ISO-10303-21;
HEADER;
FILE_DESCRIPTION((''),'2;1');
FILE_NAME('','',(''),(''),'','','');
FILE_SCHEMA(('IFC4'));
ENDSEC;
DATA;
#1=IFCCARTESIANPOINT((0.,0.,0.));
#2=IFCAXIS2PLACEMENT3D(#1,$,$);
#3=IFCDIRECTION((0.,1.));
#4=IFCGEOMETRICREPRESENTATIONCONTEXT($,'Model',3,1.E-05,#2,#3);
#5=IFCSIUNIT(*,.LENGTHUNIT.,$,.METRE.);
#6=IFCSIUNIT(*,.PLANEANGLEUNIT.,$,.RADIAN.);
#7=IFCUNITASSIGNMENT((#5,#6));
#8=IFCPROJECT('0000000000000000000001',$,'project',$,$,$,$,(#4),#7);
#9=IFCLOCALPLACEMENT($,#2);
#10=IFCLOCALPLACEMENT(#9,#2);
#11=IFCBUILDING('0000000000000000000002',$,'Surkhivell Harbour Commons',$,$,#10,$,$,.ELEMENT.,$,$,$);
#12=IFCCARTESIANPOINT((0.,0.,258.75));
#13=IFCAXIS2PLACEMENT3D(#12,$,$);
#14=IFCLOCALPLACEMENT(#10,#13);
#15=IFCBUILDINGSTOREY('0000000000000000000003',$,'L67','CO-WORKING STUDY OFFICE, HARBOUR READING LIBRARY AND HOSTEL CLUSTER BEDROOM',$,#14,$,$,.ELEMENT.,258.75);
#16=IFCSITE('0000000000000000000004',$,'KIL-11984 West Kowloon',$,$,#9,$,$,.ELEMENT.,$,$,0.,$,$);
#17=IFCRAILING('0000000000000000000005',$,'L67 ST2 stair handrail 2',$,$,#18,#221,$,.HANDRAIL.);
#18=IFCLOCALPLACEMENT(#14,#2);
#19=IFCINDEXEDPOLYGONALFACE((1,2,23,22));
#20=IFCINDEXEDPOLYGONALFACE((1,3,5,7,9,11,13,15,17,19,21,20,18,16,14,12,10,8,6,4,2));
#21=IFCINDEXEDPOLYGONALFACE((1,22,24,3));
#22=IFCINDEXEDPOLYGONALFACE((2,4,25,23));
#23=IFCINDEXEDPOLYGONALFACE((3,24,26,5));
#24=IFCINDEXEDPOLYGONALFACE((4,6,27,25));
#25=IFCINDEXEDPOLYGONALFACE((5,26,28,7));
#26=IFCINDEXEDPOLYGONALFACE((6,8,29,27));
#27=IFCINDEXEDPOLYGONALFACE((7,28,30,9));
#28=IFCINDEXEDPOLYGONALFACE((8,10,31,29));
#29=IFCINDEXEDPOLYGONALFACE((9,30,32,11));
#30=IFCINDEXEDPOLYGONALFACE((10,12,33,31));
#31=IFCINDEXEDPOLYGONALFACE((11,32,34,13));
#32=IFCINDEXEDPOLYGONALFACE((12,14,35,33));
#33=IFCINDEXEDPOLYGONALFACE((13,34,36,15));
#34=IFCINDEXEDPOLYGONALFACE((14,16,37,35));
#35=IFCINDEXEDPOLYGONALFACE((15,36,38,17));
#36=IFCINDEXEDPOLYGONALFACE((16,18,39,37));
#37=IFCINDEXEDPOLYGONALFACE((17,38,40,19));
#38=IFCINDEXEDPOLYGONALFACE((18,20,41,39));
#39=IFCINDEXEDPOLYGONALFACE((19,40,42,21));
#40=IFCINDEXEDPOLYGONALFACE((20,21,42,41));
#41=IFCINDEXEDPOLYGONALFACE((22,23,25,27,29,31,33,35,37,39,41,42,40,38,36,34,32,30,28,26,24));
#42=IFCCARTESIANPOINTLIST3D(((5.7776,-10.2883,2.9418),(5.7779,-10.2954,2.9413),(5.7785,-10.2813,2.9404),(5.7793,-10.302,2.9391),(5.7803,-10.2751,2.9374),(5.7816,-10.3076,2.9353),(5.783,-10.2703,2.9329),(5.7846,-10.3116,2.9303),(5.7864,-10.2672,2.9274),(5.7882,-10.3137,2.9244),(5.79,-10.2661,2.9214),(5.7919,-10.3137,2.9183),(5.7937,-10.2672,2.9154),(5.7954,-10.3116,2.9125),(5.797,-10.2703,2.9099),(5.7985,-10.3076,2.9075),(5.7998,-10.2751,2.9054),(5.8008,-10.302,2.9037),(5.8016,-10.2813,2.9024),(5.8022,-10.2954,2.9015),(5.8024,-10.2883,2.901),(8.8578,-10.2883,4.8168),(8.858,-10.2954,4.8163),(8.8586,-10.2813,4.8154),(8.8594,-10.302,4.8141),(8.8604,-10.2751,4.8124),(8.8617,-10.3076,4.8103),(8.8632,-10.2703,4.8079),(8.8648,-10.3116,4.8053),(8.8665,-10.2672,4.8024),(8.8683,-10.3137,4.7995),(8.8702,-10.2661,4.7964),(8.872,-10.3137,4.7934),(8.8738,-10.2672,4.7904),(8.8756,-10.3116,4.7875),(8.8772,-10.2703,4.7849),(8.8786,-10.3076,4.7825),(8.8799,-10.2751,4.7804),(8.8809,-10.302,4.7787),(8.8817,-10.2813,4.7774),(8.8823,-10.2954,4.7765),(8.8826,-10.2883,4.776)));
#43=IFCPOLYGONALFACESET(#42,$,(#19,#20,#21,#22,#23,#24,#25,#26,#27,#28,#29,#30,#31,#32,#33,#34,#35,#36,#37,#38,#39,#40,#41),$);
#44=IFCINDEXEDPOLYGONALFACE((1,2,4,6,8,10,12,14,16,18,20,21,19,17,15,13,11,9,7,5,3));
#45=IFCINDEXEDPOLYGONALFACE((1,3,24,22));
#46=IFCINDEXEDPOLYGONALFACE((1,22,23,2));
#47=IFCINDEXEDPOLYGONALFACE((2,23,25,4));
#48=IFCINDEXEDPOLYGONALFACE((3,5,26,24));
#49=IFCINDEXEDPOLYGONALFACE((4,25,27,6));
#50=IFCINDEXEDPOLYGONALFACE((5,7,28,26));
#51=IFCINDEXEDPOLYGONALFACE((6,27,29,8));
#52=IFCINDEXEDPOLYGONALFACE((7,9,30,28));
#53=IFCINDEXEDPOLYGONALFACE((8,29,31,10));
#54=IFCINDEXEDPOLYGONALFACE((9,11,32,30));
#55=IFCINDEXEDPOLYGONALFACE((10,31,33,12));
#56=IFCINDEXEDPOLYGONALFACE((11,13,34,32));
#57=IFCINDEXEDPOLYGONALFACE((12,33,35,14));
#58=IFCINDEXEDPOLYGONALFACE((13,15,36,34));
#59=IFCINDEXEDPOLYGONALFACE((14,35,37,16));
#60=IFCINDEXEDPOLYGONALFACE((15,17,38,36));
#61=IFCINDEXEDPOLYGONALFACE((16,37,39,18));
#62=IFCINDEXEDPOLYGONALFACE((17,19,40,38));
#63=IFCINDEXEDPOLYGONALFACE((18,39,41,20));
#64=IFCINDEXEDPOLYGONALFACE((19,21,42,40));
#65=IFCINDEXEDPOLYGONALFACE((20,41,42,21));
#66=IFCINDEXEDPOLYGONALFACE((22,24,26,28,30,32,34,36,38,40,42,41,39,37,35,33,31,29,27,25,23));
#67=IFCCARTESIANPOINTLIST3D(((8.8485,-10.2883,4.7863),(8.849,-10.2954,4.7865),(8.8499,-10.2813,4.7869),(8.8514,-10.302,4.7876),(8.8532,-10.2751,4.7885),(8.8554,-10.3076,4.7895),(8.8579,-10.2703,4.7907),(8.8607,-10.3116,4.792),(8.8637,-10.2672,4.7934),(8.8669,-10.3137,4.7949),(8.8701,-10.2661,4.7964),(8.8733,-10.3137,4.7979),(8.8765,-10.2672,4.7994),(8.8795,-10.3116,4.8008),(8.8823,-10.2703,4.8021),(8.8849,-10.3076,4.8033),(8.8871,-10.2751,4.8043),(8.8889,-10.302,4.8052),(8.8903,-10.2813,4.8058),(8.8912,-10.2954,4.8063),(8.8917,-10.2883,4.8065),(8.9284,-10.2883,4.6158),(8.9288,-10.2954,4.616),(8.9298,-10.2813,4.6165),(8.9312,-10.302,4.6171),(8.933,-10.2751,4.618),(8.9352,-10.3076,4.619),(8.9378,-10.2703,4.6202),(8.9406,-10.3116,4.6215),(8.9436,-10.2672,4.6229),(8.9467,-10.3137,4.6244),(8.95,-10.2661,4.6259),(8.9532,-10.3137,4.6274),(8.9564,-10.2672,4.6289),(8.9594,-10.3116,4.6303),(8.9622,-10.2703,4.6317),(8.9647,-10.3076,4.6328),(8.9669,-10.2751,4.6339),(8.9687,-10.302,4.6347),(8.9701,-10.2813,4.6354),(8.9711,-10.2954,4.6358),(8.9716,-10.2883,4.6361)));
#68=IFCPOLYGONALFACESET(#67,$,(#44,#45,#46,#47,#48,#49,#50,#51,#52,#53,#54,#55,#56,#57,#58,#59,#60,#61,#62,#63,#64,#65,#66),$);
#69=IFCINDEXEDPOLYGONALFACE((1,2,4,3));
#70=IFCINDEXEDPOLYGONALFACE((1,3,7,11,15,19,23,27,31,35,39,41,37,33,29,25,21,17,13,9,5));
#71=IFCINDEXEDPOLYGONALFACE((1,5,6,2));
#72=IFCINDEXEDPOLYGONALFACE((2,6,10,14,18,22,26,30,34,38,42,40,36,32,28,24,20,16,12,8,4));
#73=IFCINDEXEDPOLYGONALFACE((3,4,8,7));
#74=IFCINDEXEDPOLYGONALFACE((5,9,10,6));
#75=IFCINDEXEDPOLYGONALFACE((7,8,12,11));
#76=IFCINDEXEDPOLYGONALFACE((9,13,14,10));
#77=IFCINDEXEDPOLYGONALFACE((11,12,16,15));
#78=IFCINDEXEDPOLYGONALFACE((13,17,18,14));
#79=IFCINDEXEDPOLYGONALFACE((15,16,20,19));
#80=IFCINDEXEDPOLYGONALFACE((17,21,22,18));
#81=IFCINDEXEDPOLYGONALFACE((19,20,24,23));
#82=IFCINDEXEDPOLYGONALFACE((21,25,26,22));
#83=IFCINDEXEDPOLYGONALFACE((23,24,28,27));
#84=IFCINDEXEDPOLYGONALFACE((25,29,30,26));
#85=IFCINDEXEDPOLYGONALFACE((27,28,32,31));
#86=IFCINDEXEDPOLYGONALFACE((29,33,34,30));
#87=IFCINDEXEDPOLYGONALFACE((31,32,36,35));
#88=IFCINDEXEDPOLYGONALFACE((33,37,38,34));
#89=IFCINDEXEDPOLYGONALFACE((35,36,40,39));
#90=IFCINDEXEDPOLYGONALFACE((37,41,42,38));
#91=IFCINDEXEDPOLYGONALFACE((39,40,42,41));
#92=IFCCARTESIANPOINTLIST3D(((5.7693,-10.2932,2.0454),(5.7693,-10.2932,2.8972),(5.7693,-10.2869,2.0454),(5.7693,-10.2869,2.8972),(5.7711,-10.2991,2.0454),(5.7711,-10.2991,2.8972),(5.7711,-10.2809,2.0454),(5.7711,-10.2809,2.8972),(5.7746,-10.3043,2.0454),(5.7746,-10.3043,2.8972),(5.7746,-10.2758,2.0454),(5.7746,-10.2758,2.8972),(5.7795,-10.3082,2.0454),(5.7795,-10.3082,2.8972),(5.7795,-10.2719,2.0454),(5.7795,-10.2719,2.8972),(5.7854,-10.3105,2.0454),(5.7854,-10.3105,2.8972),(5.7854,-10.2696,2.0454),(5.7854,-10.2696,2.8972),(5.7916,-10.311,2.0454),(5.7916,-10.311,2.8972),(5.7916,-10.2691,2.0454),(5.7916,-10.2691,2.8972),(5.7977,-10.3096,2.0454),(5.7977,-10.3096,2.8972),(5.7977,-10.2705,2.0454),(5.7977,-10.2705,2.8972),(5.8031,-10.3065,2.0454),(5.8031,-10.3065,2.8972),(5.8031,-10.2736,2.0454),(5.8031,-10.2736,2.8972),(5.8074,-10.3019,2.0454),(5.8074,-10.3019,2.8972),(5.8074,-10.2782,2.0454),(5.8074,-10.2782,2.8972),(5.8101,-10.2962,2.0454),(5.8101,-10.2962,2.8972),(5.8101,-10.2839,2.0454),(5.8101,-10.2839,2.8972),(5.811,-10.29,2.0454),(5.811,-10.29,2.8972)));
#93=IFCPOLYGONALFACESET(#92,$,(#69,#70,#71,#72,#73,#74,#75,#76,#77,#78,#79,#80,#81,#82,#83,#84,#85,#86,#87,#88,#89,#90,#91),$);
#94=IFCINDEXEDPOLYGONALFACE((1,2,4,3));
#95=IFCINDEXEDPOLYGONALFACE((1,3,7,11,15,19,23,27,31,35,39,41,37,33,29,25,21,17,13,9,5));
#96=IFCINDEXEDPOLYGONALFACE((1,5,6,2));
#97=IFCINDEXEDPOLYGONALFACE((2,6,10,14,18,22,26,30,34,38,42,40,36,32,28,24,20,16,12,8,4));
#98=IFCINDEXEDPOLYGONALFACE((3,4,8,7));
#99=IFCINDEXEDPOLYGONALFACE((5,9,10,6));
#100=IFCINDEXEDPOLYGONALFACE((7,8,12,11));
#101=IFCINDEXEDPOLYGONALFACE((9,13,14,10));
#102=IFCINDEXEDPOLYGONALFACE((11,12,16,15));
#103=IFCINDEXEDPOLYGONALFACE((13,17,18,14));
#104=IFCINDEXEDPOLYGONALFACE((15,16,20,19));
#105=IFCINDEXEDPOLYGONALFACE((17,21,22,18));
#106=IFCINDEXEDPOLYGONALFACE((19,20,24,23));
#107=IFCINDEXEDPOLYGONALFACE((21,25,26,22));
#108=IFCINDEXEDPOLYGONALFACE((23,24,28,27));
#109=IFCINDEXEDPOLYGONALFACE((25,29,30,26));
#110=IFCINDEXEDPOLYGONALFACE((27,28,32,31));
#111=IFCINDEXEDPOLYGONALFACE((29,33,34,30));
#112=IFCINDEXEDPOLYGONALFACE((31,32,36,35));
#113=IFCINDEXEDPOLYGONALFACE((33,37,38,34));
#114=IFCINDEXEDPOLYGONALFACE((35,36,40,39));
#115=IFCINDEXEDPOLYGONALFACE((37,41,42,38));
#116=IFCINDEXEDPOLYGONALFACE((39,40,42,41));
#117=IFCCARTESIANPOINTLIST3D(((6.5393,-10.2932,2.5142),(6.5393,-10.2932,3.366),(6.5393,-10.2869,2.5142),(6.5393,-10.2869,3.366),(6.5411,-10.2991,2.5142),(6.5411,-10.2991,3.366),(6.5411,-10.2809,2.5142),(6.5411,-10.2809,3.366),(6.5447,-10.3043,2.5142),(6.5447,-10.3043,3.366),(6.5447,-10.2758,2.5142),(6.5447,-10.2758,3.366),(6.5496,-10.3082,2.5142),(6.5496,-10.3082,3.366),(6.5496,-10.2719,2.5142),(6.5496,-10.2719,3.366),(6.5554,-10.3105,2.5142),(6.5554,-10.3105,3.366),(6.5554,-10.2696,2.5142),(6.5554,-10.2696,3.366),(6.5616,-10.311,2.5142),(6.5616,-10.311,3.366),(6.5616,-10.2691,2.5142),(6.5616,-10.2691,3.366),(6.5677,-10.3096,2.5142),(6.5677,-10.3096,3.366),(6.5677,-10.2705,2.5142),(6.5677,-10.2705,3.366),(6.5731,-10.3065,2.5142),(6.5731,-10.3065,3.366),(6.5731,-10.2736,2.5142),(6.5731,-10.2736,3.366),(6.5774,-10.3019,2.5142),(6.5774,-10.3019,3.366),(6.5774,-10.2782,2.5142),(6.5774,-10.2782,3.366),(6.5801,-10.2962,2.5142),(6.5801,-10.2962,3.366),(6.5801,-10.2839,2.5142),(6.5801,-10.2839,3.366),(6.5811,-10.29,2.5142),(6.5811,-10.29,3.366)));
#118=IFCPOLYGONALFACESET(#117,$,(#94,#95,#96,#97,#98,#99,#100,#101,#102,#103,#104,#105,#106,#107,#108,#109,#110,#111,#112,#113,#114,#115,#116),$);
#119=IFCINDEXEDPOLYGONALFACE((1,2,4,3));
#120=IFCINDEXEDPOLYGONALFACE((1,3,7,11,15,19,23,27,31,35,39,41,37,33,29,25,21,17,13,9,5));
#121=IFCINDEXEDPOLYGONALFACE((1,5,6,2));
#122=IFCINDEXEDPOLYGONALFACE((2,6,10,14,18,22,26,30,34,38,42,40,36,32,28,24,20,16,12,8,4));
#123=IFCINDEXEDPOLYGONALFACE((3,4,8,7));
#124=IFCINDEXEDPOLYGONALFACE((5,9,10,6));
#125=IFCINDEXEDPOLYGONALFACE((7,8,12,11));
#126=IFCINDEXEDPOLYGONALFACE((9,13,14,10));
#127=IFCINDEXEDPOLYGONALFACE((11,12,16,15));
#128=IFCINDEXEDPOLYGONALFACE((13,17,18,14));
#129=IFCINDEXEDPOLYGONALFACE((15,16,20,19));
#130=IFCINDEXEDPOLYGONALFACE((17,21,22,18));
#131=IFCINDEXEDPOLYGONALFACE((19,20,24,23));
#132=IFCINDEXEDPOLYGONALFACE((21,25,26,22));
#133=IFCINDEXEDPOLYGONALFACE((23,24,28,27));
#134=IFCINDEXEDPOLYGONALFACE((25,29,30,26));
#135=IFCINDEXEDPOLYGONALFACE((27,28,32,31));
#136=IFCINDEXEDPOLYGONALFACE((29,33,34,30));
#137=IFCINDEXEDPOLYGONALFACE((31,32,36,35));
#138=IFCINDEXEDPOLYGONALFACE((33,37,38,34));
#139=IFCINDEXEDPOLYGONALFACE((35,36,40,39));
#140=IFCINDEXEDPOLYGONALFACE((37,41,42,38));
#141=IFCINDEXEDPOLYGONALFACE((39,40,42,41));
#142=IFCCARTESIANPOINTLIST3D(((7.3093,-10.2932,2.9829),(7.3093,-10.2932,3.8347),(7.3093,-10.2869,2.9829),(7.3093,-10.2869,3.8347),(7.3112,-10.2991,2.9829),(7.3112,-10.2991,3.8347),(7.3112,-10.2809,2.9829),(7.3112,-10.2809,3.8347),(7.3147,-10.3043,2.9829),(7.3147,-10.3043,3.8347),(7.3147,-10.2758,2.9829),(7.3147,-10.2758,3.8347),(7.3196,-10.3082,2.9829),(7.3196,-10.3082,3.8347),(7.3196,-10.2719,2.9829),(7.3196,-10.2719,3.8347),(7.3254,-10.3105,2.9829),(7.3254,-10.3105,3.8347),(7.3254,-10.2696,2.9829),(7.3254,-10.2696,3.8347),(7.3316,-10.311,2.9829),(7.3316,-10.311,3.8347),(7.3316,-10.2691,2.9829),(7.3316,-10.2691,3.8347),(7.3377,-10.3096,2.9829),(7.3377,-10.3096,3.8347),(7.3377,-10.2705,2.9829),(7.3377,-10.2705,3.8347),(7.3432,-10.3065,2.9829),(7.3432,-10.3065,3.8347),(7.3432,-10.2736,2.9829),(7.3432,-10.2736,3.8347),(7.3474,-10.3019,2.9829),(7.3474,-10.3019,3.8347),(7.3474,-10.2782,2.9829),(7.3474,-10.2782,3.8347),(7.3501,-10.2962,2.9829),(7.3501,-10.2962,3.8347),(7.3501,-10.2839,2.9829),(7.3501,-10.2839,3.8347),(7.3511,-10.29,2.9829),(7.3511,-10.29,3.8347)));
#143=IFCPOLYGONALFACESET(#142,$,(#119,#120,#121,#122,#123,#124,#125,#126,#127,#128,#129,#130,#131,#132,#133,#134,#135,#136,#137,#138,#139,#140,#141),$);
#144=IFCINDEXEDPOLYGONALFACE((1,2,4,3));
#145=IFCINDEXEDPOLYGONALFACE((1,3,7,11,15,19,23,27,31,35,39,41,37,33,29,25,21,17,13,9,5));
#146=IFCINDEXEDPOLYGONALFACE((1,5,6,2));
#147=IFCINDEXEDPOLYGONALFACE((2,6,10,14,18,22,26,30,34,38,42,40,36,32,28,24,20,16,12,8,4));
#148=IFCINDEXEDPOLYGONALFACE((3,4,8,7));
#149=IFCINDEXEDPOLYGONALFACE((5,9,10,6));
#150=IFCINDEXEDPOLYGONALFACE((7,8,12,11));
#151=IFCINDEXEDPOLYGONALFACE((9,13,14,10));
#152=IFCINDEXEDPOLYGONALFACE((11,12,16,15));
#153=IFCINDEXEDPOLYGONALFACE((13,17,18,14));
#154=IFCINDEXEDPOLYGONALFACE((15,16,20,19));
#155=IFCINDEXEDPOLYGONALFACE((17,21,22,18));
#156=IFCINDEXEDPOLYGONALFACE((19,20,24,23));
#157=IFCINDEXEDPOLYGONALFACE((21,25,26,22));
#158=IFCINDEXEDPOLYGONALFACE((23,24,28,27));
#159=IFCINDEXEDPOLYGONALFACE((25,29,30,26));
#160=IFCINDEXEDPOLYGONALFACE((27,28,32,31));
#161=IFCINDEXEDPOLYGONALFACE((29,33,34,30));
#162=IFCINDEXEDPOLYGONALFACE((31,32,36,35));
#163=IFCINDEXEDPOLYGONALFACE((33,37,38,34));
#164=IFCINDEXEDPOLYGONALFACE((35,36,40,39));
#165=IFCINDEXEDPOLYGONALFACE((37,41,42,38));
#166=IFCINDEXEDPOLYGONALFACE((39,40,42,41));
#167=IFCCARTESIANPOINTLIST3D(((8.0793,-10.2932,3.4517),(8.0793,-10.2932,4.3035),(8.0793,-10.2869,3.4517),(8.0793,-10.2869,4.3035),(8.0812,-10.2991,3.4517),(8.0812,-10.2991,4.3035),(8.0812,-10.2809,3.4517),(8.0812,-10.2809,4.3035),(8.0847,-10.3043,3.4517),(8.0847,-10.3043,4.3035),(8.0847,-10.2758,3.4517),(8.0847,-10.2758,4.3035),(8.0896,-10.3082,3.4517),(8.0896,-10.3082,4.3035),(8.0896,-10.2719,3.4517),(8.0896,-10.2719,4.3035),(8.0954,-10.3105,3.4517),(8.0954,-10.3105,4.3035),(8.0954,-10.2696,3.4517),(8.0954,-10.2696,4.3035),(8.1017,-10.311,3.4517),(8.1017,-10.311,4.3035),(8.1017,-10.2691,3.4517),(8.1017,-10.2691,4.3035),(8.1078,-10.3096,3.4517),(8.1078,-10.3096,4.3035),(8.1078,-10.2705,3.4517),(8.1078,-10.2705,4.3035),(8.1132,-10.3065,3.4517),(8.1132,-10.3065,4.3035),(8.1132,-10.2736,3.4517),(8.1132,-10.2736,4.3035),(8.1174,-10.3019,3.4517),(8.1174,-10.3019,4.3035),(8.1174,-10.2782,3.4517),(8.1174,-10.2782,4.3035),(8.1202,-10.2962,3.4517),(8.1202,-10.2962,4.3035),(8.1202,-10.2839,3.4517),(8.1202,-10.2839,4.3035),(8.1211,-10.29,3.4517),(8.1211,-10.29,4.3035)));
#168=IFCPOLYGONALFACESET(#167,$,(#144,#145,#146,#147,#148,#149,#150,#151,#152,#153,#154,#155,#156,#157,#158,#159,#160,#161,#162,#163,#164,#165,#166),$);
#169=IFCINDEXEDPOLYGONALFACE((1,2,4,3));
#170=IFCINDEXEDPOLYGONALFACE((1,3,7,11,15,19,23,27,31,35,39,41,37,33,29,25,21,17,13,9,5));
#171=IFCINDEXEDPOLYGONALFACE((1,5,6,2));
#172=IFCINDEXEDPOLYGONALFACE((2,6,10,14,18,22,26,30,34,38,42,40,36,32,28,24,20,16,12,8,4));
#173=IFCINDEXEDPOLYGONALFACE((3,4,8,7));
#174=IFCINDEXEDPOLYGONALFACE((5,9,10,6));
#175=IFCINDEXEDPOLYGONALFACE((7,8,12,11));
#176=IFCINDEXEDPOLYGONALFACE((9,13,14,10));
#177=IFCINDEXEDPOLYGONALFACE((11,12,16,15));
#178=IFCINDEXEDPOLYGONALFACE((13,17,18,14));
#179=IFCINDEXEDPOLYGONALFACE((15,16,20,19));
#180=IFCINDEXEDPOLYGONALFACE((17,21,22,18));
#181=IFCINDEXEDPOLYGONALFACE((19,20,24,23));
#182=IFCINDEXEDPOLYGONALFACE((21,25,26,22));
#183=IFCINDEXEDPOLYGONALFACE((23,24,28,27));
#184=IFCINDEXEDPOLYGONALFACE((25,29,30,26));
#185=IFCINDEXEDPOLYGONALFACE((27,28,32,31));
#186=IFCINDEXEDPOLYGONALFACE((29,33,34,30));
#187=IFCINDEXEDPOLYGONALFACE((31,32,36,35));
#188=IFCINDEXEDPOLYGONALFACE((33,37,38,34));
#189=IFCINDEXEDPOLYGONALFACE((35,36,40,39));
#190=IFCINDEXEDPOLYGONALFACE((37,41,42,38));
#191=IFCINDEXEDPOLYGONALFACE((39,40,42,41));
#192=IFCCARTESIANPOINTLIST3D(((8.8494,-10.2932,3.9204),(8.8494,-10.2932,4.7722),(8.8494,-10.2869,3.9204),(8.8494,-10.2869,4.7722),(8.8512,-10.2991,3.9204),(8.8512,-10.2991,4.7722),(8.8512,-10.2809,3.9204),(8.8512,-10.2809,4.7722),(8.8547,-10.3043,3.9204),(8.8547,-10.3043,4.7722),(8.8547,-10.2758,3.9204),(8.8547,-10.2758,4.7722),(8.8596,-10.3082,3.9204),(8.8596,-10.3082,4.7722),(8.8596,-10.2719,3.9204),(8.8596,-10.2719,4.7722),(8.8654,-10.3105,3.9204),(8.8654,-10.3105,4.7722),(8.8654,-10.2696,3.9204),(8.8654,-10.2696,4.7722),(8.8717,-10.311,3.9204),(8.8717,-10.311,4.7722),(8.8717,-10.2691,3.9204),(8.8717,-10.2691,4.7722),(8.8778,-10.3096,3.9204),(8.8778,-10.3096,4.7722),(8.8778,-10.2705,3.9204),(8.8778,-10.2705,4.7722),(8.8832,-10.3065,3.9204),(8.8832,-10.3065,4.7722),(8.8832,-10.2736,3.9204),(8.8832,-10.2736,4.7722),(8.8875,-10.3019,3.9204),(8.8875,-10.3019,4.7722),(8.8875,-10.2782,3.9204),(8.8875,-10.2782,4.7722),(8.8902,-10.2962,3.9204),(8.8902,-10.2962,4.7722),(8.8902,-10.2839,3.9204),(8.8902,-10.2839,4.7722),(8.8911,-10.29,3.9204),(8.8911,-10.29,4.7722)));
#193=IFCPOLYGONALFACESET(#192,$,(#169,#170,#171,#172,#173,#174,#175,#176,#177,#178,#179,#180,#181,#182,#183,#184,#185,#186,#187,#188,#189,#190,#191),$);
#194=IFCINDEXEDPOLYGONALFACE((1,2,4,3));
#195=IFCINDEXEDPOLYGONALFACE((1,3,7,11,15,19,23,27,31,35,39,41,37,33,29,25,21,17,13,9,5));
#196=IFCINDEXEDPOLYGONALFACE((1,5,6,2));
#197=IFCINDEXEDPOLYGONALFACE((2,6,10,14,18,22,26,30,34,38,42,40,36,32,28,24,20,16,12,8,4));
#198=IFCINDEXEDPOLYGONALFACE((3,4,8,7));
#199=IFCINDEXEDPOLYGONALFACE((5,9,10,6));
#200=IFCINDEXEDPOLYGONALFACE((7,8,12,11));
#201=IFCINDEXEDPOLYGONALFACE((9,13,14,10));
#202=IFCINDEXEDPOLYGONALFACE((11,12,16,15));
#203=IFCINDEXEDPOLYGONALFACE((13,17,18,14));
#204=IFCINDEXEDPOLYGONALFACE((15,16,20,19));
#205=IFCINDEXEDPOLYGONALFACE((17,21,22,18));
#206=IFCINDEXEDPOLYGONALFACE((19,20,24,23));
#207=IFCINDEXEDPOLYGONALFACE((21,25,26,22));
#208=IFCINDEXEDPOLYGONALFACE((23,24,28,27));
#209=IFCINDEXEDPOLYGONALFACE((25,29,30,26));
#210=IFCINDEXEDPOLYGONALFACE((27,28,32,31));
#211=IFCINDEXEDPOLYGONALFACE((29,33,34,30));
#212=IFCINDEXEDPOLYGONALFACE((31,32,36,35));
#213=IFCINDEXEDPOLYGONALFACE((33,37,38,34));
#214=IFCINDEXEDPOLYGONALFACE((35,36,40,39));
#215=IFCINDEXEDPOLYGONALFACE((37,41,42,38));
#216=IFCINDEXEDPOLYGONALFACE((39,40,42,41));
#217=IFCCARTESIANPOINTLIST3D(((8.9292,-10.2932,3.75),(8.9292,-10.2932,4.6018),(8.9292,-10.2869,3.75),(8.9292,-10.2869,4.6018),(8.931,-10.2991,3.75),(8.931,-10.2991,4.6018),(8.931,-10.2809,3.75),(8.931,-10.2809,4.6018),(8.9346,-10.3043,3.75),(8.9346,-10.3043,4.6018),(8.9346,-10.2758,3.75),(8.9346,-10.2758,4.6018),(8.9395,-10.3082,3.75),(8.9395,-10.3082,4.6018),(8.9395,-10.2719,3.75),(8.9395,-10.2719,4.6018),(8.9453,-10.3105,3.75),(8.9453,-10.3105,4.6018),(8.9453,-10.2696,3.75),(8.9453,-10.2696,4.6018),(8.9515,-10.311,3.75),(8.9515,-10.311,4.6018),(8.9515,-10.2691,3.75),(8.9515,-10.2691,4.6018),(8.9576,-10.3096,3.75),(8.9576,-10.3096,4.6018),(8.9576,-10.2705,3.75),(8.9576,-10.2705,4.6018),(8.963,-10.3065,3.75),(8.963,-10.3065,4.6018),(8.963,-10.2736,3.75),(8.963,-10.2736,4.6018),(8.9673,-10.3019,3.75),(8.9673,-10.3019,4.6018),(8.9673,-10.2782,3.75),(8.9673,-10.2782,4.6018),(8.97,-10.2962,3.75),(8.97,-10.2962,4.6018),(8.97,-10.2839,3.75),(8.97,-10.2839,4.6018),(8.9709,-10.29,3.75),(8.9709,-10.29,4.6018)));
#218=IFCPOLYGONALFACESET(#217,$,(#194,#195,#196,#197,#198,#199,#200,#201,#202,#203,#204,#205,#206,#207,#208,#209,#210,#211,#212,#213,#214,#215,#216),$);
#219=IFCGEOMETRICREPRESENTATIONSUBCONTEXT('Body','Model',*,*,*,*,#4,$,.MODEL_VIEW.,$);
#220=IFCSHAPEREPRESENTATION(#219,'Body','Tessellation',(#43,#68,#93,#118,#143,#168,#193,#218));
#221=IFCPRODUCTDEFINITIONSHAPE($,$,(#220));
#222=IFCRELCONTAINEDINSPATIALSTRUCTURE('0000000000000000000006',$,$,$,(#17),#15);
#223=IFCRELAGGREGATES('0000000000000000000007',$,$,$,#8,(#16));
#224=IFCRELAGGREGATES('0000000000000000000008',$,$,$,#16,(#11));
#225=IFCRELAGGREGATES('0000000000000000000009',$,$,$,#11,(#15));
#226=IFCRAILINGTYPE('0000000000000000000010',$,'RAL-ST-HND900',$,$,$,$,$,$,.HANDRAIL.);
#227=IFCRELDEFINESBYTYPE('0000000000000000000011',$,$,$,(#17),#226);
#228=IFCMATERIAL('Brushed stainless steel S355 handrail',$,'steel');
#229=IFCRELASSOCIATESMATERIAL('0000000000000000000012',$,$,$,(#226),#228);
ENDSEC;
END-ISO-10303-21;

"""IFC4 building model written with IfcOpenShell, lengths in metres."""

from ifc_helpers import new_model, si_unit, direction, frame, origin, origin_2d, place, context, subcontext, project, spatial, circle, extrude, material, type_object, element, save


model = new_model("IFC4")

# Units and contexts
model_context = context("Model", 3, precision=1e-05, world=origin(), true_north=direction((0.0, 1.0)))
body_context = subcontext(model_context, "Body", "Model", "MODEL_VIEW")
ifc_project = project(units=[si_unit("LENGTHUNIT", "METRE"), si_unit("PLANEANGLEUNIT", "RADIAN")], contexts=[model_context])

# Site, building, storey
site_placement = place(None, origin())
site = spatial("IfcSite", under=ifc_project, at=site_placement, Name="KIL-11984 West Kowloon", CompositionType="ELEMENT", RefElevation=0.0)
building_placement = place(site_placement, origin())
building = spatial("IfcBuilding", under=site, at=building_placement, Name="Surkhivell Harbour Commons", CompositionType="ELEMENT")
storey_placement = place(building_placement, frame((0.0, 0.0, 258.75)))
storey = spatial("IfcBuildingStorey", under=building, at=storey_placement, Name="L67", Description="CO-WORKING STUDY OFFICE, HARBOUR READING LIBRARY AND HOSTEL CLUSTER BEDROOM", CompositionType="ELEMENT", Elevation=258.75)

# Railing
ifc_material_1 = material(Name="Brushed stainless steel S355 handrail", Category="steel")
railing_type_1 = type_object("IfcRailingType", Name="RAL-ST-HND900", PredefinedType="HANDRAIL", material=ifc_material_1)
railing_1_placement = place(storey_placement, frame((5.79, -10.29, 2.0454)))
element("IfcRailing", 1, at=railing_1_placement, inside=storey, type_object=railing_type_1, Name="L67 ST2 stair handrail 2", PredefinedType="HANDRAIL", context=body_context, shape_type="SweptSolid", body=[
    extrude(circle(Radius=0.0239, at=origin_2d()), frame((0.0, 0.0, 0.876), z_axis=(0.854178, 0.0, 0.519981), x_axis=(0.0, 1.0, 0.0)), (0.0, 0.0, 1.0), 3.606),
    extrude(circle(Radius=0.0239, at=origin_2d()), frame((3.0801, 0.0, 2.751), z_axis=(0.424234, 0.0, -0.905552), x_axis=(0.0, 1.0, 0.0)), (0.0, 0.0, 1.0), 0.1882),
    extrude(circle(Radius=0.021, at=origin_2d()), origin(), (0.0, 0.0, 1.0), 0.8518),
    extrude(circle(Radius=0.021, at=origin_2d()), frame((0.77, 0.0, 0.4688)), (0.0, 0.0, 1.0), 0.8518),
    extrude(circle(Radius=0.021, at=origin_2d()), frame((1.54, 0.0, 0.9375)), (0.0, 0.0, 1.0), 0.8518),
    extrude(circle(Radius=0.021, at=origin_2d()), frame((2.3101, 0.0, 1.4062)), (0.0, 0.0, 1.0), 0.8518),
    extrude(circle(Radius=0.021, at=origin_2d()), frame((3.0801, 0.0, 1.875)), (0.0, 0.0, 1.0), 0.8518),
    extrude(circle(Radius=0.021, at=origin_2d()), frame((3.1599, 0.0, 1.7046)), (0.0, 0.0, 1.0), 0.8518),
])

save(model, "model.ifc")
